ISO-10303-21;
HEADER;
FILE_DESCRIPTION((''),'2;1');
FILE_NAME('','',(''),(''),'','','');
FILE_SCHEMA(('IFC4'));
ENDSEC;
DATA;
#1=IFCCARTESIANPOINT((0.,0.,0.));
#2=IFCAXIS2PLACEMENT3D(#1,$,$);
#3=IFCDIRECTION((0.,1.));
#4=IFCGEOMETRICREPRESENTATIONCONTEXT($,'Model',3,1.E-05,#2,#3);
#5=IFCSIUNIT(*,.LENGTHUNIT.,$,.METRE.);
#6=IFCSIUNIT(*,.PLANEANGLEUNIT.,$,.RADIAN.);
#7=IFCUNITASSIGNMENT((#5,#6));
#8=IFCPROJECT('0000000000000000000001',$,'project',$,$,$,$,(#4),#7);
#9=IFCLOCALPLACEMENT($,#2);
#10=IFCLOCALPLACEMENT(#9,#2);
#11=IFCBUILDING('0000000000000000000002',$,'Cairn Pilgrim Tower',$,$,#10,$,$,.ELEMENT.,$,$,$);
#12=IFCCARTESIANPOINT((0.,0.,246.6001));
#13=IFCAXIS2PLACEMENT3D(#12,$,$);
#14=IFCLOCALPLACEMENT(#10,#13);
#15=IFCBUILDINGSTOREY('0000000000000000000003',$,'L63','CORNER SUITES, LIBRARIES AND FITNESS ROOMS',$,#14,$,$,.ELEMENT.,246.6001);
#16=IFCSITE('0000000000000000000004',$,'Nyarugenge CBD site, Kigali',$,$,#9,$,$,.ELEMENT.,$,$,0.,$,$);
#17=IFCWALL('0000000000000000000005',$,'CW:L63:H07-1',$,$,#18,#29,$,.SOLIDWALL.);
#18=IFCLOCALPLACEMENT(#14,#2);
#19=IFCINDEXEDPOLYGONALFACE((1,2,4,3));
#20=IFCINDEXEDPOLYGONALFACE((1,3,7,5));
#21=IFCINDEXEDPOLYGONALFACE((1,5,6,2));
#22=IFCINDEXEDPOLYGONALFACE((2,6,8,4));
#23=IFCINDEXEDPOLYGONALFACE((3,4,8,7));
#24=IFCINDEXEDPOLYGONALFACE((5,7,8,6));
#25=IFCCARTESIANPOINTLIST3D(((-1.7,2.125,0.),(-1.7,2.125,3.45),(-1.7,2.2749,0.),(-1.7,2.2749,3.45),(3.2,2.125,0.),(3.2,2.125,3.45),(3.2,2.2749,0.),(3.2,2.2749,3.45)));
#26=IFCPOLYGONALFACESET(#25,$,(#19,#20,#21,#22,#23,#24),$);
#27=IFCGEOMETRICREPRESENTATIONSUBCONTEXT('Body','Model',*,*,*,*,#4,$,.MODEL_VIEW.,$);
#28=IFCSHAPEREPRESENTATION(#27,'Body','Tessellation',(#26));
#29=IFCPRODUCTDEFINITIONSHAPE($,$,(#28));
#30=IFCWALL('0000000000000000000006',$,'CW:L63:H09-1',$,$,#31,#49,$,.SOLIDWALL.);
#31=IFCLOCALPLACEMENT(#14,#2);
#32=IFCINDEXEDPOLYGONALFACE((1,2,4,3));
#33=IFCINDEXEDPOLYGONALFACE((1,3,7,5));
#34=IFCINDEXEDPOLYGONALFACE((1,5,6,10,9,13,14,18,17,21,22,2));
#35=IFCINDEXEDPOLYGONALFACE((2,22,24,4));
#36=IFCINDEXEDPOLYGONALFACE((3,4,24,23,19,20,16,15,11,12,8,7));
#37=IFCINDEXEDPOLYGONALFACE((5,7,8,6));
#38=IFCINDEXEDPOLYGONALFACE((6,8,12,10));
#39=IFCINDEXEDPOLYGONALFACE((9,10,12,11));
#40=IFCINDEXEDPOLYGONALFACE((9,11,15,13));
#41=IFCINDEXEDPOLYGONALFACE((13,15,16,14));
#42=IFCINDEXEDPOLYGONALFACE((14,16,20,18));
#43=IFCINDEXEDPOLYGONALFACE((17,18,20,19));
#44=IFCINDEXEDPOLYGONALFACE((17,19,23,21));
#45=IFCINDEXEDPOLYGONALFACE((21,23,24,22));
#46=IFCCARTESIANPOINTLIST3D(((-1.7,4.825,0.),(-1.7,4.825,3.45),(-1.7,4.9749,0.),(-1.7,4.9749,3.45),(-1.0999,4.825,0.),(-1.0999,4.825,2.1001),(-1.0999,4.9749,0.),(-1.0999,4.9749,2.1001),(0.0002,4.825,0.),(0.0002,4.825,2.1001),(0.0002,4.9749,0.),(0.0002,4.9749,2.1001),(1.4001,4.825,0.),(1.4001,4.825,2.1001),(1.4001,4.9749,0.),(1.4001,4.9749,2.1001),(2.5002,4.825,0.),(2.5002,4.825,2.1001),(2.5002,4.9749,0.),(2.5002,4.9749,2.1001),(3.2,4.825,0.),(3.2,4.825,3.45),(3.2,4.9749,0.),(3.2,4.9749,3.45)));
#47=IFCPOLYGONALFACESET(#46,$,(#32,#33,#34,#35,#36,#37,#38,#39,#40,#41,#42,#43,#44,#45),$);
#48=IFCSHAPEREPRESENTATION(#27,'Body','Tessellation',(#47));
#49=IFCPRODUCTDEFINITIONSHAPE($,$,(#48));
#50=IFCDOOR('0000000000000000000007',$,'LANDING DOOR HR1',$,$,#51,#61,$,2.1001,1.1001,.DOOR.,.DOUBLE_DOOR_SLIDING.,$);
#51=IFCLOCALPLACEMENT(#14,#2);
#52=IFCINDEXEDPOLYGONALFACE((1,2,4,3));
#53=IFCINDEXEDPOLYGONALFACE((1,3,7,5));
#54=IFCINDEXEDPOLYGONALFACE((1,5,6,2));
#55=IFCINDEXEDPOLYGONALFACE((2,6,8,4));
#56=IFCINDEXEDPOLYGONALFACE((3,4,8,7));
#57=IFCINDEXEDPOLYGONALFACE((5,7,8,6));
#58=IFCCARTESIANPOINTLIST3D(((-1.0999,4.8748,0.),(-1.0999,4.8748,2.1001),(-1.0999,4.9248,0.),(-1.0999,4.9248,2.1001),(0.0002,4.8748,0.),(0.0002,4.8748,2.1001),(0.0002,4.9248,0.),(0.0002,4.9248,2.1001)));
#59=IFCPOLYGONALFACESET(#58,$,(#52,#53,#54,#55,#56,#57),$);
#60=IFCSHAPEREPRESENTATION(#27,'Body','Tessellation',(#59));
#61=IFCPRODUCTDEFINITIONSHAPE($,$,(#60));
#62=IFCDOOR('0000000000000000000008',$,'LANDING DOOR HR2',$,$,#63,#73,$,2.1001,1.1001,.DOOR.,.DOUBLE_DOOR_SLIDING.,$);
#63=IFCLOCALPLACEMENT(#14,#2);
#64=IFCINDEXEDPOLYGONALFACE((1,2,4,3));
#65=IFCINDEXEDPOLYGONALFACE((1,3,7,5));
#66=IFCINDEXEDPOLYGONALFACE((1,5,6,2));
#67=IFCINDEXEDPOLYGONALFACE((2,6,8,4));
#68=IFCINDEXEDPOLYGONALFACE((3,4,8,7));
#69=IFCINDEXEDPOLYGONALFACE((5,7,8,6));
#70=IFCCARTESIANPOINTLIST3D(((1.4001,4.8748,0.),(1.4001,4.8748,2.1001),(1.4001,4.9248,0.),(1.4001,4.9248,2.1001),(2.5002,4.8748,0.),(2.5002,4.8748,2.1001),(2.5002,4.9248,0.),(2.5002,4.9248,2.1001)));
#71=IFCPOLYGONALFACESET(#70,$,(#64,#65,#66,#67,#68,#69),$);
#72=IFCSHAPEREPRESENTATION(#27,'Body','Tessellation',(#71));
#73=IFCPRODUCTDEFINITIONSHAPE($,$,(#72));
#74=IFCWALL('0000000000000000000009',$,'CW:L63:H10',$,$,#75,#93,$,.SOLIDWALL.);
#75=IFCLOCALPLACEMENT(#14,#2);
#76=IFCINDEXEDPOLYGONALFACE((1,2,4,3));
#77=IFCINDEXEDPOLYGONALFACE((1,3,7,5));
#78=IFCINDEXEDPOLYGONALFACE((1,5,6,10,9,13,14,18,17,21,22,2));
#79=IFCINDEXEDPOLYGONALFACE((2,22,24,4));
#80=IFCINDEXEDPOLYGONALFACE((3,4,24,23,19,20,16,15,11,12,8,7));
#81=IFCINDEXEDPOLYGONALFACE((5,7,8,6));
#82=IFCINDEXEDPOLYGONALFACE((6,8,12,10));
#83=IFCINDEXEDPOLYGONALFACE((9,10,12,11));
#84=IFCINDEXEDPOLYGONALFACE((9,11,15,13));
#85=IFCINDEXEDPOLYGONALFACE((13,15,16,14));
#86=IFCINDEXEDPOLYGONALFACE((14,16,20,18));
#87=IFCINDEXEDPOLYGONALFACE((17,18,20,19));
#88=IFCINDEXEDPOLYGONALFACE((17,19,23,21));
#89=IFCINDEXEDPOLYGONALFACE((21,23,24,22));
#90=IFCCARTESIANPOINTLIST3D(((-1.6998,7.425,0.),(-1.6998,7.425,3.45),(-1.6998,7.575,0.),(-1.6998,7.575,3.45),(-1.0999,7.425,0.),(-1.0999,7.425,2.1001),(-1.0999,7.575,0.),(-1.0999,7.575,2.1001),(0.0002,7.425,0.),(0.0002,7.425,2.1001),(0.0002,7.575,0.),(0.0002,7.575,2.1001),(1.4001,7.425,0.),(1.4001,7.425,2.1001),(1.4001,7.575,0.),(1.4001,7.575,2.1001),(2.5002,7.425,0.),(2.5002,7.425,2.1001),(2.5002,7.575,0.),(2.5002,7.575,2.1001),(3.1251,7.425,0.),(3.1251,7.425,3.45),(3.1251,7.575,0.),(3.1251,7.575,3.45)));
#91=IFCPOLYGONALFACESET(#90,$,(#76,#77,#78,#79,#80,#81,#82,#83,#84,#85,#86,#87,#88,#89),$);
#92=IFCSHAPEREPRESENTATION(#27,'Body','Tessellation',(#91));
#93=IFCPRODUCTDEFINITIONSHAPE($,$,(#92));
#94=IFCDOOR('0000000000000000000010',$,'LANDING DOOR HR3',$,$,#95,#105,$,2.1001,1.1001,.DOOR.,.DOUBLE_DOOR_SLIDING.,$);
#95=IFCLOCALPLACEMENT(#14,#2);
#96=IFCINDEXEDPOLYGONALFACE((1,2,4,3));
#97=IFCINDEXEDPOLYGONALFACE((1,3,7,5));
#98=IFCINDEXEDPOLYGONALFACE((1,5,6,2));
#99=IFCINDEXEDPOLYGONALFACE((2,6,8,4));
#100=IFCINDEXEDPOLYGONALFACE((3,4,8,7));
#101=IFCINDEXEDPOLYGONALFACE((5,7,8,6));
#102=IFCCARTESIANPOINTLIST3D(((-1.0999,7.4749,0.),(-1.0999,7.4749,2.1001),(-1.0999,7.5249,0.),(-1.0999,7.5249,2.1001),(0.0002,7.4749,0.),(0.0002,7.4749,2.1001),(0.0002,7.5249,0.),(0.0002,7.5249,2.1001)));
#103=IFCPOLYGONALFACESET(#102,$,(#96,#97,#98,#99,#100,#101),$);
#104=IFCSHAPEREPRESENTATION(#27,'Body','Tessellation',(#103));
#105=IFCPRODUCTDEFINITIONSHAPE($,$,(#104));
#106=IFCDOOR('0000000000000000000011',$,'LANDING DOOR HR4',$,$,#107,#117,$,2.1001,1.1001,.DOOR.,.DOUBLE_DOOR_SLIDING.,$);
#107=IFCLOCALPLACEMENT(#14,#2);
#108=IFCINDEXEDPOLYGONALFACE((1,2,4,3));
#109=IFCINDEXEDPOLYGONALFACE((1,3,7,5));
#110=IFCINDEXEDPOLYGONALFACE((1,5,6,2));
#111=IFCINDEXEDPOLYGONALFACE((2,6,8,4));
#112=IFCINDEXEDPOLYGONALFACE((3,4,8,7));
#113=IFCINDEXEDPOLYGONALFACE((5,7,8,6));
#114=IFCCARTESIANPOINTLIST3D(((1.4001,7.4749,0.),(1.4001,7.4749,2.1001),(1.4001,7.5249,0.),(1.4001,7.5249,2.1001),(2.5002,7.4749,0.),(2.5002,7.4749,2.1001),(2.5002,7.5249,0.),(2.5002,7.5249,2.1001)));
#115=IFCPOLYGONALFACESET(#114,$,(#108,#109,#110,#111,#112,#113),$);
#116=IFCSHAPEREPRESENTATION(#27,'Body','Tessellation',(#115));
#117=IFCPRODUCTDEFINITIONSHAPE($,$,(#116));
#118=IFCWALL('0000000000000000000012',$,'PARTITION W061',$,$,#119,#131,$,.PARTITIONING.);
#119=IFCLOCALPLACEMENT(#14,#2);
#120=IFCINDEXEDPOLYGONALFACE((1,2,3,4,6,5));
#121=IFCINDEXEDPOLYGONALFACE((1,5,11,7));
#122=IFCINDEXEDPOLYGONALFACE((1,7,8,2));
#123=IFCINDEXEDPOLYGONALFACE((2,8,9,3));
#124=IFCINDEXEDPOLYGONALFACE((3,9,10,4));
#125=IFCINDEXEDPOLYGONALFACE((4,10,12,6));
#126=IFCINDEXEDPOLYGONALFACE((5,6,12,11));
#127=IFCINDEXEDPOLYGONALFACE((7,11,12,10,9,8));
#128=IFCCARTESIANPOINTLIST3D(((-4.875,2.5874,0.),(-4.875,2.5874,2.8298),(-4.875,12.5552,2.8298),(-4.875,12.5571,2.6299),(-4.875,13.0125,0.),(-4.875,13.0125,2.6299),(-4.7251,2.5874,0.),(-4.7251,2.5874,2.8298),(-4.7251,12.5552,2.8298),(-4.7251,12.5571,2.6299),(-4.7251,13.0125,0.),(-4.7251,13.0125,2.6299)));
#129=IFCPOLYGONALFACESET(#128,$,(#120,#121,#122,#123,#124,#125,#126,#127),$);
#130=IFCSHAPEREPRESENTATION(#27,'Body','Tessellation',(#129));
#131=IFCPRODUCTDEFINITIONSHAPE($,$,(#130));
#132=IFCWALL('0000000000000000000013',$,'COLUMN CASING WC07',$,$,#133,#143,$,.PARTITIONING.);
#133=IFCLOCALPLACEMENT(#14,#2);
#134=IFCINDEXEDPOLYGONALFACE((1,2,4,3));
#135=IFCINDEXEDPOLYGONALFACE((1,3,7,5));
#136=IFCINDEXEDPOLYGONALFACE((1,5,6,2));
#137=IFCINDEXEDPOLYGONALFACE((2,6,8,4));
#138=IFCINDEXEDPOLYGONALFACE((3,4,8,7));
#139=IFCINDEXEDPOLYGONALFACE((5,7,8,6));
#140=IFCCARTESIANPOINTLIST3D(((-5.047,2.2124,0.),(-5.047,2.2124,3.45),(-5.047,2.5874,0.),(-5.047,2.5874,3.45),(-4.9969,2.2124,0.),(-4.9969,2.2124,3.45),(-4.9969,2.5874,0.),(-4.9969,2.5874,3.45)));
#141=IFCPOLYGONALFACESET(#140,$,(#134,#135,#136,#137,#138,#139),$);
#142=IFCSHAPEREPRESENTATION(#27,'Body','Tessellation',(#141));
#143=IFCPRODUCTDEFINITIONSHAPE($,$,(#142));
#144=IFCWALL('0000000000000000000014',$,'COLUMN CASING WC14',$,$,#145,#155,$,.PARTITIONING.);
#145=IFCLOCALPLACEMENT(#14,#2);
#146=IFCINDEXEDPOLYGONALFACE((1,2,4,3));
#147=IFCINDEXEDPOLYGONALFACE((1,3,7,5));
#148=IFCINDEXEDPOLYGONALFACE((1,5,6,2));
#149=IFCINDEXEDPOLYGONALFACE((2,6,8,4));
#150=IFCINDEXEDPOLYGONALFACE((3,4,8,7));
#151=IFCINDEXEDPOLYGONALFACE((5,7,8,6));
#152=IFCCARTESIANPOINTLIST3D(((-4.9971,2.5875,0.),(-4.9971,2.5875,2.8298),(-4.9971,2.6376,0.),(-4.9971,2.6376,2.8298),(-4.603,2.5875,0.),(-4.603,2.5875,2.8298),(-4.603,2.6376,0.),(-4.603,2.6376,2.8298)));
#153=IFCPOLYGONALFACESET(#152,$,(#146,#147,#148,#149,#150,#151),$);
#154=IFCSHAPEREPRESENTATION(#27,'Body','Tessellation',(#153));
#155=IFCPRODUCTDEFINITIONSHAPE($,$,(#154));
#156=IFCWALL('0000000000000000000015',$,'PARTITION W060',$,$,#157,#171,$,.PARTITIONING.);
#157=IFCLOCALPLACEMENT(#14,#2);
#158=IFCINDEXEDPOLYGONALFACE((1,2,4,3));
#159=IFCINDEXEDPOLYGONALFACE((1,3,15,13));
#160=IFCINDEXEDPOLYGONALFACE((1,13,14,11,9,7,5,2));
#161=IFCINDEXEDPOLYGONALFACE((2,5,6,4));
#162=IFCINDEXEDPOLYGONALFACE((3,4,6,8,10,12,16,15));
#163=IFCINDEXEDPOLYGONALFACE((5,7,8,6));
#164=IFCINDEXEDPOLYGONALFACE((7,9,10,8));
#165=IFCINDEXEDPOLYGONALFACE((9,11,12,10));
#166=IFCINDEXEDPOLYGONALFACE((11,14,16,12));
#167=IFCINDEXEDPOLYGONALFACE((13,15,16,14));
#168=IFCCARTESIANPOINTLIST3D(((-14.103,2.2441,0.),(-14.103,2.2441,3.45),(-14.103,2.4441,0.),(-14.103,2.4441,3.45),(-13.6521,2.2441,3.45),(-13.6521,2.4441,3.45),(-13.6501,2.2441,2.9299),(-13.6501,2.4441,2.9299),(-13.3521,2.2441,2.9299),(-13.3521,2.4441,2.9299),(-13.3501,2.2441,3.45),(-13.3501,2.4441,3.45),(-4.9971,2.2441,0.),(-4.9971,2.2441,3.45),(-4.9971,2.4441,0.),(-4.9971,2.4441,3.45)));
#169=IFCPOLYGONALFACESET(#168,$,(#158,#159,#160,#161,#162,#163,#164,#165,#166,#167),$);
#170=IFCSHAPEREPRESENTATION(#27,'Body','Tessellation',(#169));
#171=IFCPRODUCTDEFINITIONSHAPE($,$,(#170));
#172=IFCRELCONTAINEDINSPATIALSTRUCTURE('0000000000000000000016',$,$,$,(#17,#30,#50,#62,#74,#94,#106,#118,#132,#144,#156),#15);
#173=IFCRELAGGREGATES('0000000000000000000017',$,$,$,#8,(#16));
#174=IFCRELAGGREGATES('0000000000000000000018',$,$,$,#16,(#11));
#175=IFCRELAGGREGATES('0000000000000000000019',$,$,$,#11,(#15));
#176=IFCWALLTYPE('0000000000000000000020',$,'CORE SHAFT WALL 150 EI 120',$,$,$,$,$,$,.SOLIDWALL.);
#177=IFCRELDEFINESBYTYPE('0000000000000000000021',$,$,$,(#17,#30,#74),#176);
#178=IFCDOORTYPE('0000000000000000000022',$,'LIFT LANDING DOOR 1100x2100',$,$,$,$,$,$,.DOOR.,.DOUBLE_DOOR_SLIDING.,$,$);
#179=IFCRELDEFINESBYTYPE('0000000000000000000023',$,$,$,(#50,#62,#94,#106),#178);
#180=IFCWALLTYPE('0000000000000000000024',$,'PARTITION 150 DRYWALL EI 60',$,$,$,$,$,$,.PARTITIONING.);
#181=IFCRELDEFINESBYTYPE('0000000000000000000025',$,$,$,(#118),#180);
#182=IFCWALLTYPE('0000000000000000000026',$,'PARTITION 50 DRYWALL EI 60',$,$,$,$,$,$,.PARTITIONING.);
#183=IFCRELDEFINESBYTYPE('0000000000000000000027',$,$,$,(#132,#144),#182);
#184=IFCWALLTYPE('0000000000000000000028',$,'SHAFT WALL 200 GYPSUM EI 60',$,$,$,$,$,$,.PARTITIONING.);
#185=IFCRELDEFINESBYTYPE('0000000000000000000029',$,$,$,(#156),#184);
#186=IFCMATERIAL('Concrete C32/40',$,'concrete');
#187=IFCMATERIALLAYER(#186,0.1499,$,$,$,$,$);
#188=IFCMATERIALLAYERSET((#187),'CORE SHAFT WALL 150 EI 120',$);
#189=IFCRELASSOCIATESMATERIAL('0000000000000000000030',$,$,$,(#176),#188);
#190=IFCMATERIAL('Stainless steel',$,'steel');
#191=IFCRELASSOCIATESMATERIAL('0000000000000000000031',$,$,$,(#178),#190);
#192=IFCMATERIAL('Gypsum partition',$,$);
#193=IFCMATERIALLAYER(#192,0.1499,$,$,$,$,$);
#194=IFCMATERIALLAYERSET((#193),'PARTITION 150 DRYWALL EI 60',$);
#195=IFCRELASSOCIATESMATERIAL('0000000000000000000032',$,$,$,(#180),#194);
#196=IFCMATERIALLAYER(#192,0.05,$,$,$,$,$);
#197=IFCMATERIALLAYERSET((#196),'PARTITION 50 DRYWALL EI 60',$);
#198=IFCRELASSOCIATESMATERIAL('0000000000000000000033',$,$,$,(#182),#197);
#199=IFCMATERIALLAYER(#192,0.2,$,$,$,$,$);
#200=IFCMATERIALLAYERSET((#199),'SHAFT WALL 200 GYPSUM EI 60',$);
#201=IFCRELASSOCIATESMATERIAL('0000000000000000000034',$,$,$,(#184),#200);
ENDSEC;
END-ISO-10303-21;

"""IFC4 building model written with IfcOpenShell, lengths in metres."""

from ifc_helpers import new_model, si_unit, direction, frame, frame_2d, origin, place, context, subcontext, project, spatial, polyline, rectangle, outline, extrude, material, layer, layer_set, type_object, element, fill, save


model = new_model("IFC4")

# Units and contexts
model_context = context("Model", 3, precision=1e-05, world=origin(), true_north=direction((0.0, 1.0)))
body_context = subcontext(model_context, "Body", "Model", "MODEL_VIEW")
ifc_project = project(units=[si_unit("LENGTHUNIT", "METRE"), si_unit("PLANEANGLEUNIT", "RADIAN")], contexts=[model_context])

# Site, building, storey
site_placement = place(None, origin())
site = spatial("IfcSite", under=ifc_project, at=site_placement, Name="Nyarugenge CBD site, Kigali", CompositionType="ELEMENT", RefElevation=0.0)
building_placement = place(site_placement, origin())
building = spatial("IfcBuilding", under=site, at=building_placement, Name="Cairn Pilgrim Tower", CompositionType="ELEMENT")
storey_placement = place(building_placement, frame((0.0, 0.0, 246.6001)))
storey = spatial("IfcBuildingStorey", under=building, at=storey_placement, Name="L63", Description="CORNER SUITES, LIBRARIES AND FITNESS ROOMS", CompositionType="ELEMENT", Elevation=246.6001)

# Shared definitions
ifc_material_1 = material(Name="Concrete C32/40", Category="concrete")

# Wall
ifc_layer_1 = layer(ifc_material_1, 0.1499)
ifc_layer_set_1 = layer_set([ifc_layer_1], Name="CORE SHAFT WALL 150 EI 120")
wall_type_1 = type_object("IfcWallType", Name="CORE SHAFT WALL 150 EI 120", PredefinedType="SOLIDWALL", material=ifc_layer_set_1)
wall_1_placement = place(storey_placement, frame((-1.7, 2.2, 0.0), z_axis=(0.0, 0.0, 1.0), x_axis=(1.0, 0.0, 0.0)))
element("IfcWall", 1, at=wall_1_placement, inside=storey, type_object=wall_type_1, Name="CW:L63:H07-1", PredefinedType="SOLIDWALL", context=body_context, shape_type="SweptSolid", body=[
    extrude(rectangle(XDim=4.8999, YDim=0.1499, at=frame_2d((2.45, 0.0))), origin(), (0.0, 0.0, 1.0), 3.45),
])

# Walls, openings, doors
wall_2_placement = place(storey_placement, frame((-1.7, 4.8999, 0.0), z_axis=(0.0, 0.0, 1.0), x_axis=(1.0, 0.0, 0.0)))
wall_2 = element("IfcWall", 2, at=wall_2_placement, inside=storey, type_object=wall_type_1, Name="CW:L63:H09-1", PredefinedType="SOLIDWALL", context=body_context, shape_type="SweptSolid", body=[
    extrude(rectangle(XDim=4.8999, YDim=0.1499, at=frame_2d((2.45, 0.0))), origin(), (0.0, 0.0, 1.0), 3.45),
])
opening_1_placement = place(wall_2_placement, frame((0.6001, 0.0, 0.0)))
opening_1 = element("IfcOpeningElement", 3, at=opening_1_placement, cuts=wall_2, PredefinedType="OPENING", context=body_context, shape_type="SweptSolid", body=[
    extrude(rectangle(XDim=1.1001, YDim=2.1001, at=frame_2d((0.55, 1.05))), frame((0.0, 0.085, 0.0), z_axis=(0.0, -1.0, 0.0), x_axis=(1.0, 0.0, 0.0)), (0.0, 0.0, 1.0), 0.1699),
])
opening_2_placement = place(wall_2_placement, frame((3.1001, 0.0, 0.0)))
opening_2 = element("IfcOpeningElement", 4, at=opening_2_placement, cuts=wall_2, PredefinedType="OPENING", context=body_context, shape_type="SweptSolid", body=[
    extrude(rectangle(XDim=1.1001, YDim=2.1001, at=frame_2d((0.55, 1.05))), frame((0.0, 0.085, 0.0), z_axis=(0.0, -1.0, 0.0), x_axis=(1.0, 0.0, 0.0)), (0.0, 0.0, 1.0), 0.1699),
])
ifc_material_2 = material(Name="Stainless steel", Category="steel")
door_type = type_object("IfcDoorType", Name="LIFT LANDING DOOR 1100x2100", OperationType="DOUBLE_DOOR_SLIDING", PredefinedType="DOOR", material=ifc_material_2)
door_1_placement = place(opening_1_placement, origin())
door_1 = element("IfcDoor", 5, at=door_1_placement, inside=storey, type_object=door_type, Name="LANDING DOOR HR1", OperationType="DOUBLE_DOOR_SLIDING", OverallHeight=2.1001, OverallWidth=1.1001, PredefinedType="DOOR", context=body_context, shape_type="SweptSolid", body=[
    extrude(rectangle(XDim=1.1001, YDim=2.1001, at=frame_2d((0.55, 1.05))), frame((0.0, 0.0249, 0.0), z_axis=(0.0, -1.0, 0.0), x_axis=(1.0, 0.0, 0.0)), (0.0, 0.0, 1.0), 0.05),
])
fill(opening_1, door_1)
door_2_placement = place(opening_2_placement, origin())
door_2 = element("IfcDoor", 6, at=door_2_placement, inside=storey, type_object=door_type, Name="LANDING DOOR HR2", OperationType="DOUBLE_DOOR_SLIDING", OverallHeight=2.1001, OverallWidth=1.1001, PredefinedType="DOOR", context=body_context, shape_type="SweptSolid", body=[
    extrude(rectangle(XDim=1.1001, YDim=2.1001, at=frame_2d((0.55, 1.05))), frame((0.0, 0.0249, 0.0), z_axis=(0.0, -1.0, 0.0), x_axis=(1.0, 0.0, 0.0)), (0.0, 0.0, 1.0), 0.05),
])
fill(opening_2, door_2)
wall_3_placement = place(storey_placement, frame((-1.7, 7.5, 0.0), z_axis=(0.0, 0.0, 1.0), x_axis=(1.0, 0.0, 0.0)))
wall_3 = element("IfcWall", 7, at=wall_3_placement, inside=storey, type_object=wall_type_1, Name="CW:L63:H10", PredefinedType="SOLIDWALL", context=body_context, shape_type="SweptSolid", body=[
    extrude(rectangle(XDim=4.825, YDim=0.1499, at=frame_2d((2.4126, 0.0))), origin(), (0.0, 0.0, 1.0), 3.45),
])
opening_3_placement = place(wall_3_placement, frame((0.6001, 0.0, 0.0)))
opening_3 = element("IfcOpeningElement", 8, at=opening_3_placement, cuts=wall_3, PredefinedType="OPENING", context=body_context, shape_type="SweptSolid", body=[
    extrude(rectangle(XDim=1.1001, YDim=2.1001, at=frame_2d((0.55, 1.05))), frame((0.0, 0.085, 0.0), z_axis=(0.0, -1.0, 0.0), x_axis=(1.0, 0.0, 0.0)), (0.0, 0.0, 1.0), 0.1699),
])
opening_4_placement = place(wall_3_placement, frame((3.1001, 0.0, 0.0)))
opening_4 = element("IfcOpeningElement", 9, at=opening_4_placement, cuts=wall_3, PredefinedType="OPENING", context=body_context, shape_type="SweptSolid", body=[
    extrude(rectangle(XDim=1.1001, YDim=2.1001, at=frame_2d((0.55, 1.05))), frame((0.0, 0.085, 0.0), z_axis=(0.0, -1.0, 0.0), x_axis=(1.0, 0.0, 0.0)), (0.0, 0.0, 1.0), 0.1699),
])
door_3_placement = place(opening_3_placement, origin())
door_3 = element("IfcDoor", 10, at=door_3_placement, inside=storey, type_object=door_type, Name="LANDING DOOR HR3", OperationType="DOUBLE_DOOR_SLIDING", OverallHeight=2.1001, OverallWidth=1.1001, PredefinedType="DOOR", context=body_context, shape_type="SweptSolid", body=[
    extrude(rectangle(XDim=1.1001, YDim=2.1001, at=frame_2d((0.55, 1.05))), frame((0.0, 0.0249, 0.0), z_axis=(0.0, -1.0, 0.0), x_axis=(1.0, 0.0, 0.0)), (0.0, 0.0, 1.0), 0.05),
])
fill(opening_3, door_3)
door_4_placement = place(opening_4_placement, origin())
door_4 = element("IfcDoor", 11, at=door_4_placement, inside=storey, type_object=door_type, Name="LANDING DOOR HR4", OperationType="DOUBLE_DOOR_SLIDING", OverallHeight=2.1001, OverallWidth=1.1001, PredefinedType="DOOR", context=body_context, shape_type="SweptSolid", body=[
    extrude(rectangle(XDim=1.1001, YDim=2.1001, at=frame_2d((0.55, 1.05))), frame((0.0, 0.0249, 0.0), z_axis=(0.0, -1.0, 0.0), x_axis=(1.0, 0.0, 0.0)), (0.0, 0.0, 1.0), 0.05),
])
fill(opening_4, door_4)

# Walls
ifc_material_3 = material(Name="Gypsum partition")
ifc_layer_2 = layer(ifc_material_3, 0.1499)
ifc_layer_set_2 = layer_set([ifc_layer_2], Name="PARTITION 150 DRYWALL EI 60")
wall_type_2 = type_object("IfcWallType", Name="PARTITION 150 DRYWALL EI 60", PredefinedType="PARTITIONING", material=ifc_layer_set_2)
wall_4_placement = place(storey_placement, frame((-4.8, 2.5874, 0.0), z_axis=(0.0, 0.0, 1.0), x_axis=(0.0, 1.0, 0.0)))
element("IfcWall", 12, at=wall_4_placement, inside=storey, type_object=wall_type_2, Name="PARTITION W061", PredefinedType="PARTITIONING", context=body_context, shape_type="SweptSolid", body=[
    extrude(outline(polyline([(0.0, 0.0), (10.425, 0.0), (10.425, 2.6299), (9.9697, 2.6299), (9.9678, 2.8298), (0.0, 2.8298), (0.0, 0.0)])), frame((0.0, 0.075, 0.0), z_axis=(0.0, -1.0, 0.0), x_axis=(1.0, 0.0, 0.0)), (0.0, 0.0, 1.0), 0.1499),
])
ifc_layer_3 = layer(ifc_material_3, 0.05)
ifc_layer_set_3 = layer_set([ifc_layer_3], Name="PARTITION 50 DRYWALL EI 60")
wall_type_3 = type_object("IfcWallType", Name="PARTITION 50 DRYWALL EI 60", PredefinedType="PARTITIONING", material=ifc_layer_set_3)
wall_5_placement = place(storey_placement, frame((-5.022, 2.2124, 0.0), z_axis=(0.0, 0.0, 1.0), x_axis=(0.0, 1.0, 0.0)))
element("IfcWall", 13, at=wall_5_placement, inside=storey, type_object=wall_type_3, Name="COLUMN CASING WC07", PredefinedType="PARTITIONING", context=body_context, shape_type="SweptSolid", body=[
    extrude(rectangle(XDim=0.375, YDim=0.05, at=frame_2d((0.1875, 0.0))), origin(), (0.0, 0.0, 1.0), 3.45),
])
wall_6_placement = place(storey_placement, frame((-4.9971, 2.6125, 0.0), z_axis=(0.0, 0.0, 1.0), x_axis=(1.0, 0.0, 0.0)))
element("IfcWall", 14, at=wall_6_placement, inside=storey, type_object=wall_type_3, Name="COLUMN CASING WC14", PredefinedType="PARTITIONING", context=body_context, shape_type="SweptSolid", body=[
    extrude(rectangle(XDim=0.394, YDim=0.05, at=frame_2d((0.197, 0.0))), origin(), (0.0, 0.0, 1.0), 2.8298),
])
ifc_layer_4 = layer(ifc_material_3, 0.2)
ifc_layer_set_4 = layer_set([ifc_layer_4], Name="SHAFT WALL 200 GYPSUM EI 60")
wall_type_4 = type_object("IfcWallType", Name="SHAFT WALL 200 GYPSUM EI 60", PredefinedType="PARTITIONING", material=ifc_layer_set_4)
wall_7_placement = place(storey_placement, frame((-14.103, 2.344, 0.0), z_axis=(0.0, 0.0, 1.0), x_axis=(1.0, 0.0, 0.0)))
element("IfcWall", 15, at=wall_7_placement, inside=storey, type_object=wall_type_4, Name="PARTITION W060", PredefinedType="PARTITIONING", context=body_context, shape_type="SweptSolid", body=[
    extrude(outline(polyline([(0.0, 0.0), (9.106, 0.0), (9.106, 3.45), (0.7529, 3.45), (0.751, 2.9299), (0.4529, 2.9299), (0.4509, 3.45), (0.0, 3.45), (0.0, 0.0)])), frame((0.0, 0.1001, 0.0), z_axis=(0.0, -1.0, 0.0), x_axis=(1.0, 0.0, 0.0)), (0.0, 0.0, 1.0), 0.2),
])

save(model, "model.ifc")
